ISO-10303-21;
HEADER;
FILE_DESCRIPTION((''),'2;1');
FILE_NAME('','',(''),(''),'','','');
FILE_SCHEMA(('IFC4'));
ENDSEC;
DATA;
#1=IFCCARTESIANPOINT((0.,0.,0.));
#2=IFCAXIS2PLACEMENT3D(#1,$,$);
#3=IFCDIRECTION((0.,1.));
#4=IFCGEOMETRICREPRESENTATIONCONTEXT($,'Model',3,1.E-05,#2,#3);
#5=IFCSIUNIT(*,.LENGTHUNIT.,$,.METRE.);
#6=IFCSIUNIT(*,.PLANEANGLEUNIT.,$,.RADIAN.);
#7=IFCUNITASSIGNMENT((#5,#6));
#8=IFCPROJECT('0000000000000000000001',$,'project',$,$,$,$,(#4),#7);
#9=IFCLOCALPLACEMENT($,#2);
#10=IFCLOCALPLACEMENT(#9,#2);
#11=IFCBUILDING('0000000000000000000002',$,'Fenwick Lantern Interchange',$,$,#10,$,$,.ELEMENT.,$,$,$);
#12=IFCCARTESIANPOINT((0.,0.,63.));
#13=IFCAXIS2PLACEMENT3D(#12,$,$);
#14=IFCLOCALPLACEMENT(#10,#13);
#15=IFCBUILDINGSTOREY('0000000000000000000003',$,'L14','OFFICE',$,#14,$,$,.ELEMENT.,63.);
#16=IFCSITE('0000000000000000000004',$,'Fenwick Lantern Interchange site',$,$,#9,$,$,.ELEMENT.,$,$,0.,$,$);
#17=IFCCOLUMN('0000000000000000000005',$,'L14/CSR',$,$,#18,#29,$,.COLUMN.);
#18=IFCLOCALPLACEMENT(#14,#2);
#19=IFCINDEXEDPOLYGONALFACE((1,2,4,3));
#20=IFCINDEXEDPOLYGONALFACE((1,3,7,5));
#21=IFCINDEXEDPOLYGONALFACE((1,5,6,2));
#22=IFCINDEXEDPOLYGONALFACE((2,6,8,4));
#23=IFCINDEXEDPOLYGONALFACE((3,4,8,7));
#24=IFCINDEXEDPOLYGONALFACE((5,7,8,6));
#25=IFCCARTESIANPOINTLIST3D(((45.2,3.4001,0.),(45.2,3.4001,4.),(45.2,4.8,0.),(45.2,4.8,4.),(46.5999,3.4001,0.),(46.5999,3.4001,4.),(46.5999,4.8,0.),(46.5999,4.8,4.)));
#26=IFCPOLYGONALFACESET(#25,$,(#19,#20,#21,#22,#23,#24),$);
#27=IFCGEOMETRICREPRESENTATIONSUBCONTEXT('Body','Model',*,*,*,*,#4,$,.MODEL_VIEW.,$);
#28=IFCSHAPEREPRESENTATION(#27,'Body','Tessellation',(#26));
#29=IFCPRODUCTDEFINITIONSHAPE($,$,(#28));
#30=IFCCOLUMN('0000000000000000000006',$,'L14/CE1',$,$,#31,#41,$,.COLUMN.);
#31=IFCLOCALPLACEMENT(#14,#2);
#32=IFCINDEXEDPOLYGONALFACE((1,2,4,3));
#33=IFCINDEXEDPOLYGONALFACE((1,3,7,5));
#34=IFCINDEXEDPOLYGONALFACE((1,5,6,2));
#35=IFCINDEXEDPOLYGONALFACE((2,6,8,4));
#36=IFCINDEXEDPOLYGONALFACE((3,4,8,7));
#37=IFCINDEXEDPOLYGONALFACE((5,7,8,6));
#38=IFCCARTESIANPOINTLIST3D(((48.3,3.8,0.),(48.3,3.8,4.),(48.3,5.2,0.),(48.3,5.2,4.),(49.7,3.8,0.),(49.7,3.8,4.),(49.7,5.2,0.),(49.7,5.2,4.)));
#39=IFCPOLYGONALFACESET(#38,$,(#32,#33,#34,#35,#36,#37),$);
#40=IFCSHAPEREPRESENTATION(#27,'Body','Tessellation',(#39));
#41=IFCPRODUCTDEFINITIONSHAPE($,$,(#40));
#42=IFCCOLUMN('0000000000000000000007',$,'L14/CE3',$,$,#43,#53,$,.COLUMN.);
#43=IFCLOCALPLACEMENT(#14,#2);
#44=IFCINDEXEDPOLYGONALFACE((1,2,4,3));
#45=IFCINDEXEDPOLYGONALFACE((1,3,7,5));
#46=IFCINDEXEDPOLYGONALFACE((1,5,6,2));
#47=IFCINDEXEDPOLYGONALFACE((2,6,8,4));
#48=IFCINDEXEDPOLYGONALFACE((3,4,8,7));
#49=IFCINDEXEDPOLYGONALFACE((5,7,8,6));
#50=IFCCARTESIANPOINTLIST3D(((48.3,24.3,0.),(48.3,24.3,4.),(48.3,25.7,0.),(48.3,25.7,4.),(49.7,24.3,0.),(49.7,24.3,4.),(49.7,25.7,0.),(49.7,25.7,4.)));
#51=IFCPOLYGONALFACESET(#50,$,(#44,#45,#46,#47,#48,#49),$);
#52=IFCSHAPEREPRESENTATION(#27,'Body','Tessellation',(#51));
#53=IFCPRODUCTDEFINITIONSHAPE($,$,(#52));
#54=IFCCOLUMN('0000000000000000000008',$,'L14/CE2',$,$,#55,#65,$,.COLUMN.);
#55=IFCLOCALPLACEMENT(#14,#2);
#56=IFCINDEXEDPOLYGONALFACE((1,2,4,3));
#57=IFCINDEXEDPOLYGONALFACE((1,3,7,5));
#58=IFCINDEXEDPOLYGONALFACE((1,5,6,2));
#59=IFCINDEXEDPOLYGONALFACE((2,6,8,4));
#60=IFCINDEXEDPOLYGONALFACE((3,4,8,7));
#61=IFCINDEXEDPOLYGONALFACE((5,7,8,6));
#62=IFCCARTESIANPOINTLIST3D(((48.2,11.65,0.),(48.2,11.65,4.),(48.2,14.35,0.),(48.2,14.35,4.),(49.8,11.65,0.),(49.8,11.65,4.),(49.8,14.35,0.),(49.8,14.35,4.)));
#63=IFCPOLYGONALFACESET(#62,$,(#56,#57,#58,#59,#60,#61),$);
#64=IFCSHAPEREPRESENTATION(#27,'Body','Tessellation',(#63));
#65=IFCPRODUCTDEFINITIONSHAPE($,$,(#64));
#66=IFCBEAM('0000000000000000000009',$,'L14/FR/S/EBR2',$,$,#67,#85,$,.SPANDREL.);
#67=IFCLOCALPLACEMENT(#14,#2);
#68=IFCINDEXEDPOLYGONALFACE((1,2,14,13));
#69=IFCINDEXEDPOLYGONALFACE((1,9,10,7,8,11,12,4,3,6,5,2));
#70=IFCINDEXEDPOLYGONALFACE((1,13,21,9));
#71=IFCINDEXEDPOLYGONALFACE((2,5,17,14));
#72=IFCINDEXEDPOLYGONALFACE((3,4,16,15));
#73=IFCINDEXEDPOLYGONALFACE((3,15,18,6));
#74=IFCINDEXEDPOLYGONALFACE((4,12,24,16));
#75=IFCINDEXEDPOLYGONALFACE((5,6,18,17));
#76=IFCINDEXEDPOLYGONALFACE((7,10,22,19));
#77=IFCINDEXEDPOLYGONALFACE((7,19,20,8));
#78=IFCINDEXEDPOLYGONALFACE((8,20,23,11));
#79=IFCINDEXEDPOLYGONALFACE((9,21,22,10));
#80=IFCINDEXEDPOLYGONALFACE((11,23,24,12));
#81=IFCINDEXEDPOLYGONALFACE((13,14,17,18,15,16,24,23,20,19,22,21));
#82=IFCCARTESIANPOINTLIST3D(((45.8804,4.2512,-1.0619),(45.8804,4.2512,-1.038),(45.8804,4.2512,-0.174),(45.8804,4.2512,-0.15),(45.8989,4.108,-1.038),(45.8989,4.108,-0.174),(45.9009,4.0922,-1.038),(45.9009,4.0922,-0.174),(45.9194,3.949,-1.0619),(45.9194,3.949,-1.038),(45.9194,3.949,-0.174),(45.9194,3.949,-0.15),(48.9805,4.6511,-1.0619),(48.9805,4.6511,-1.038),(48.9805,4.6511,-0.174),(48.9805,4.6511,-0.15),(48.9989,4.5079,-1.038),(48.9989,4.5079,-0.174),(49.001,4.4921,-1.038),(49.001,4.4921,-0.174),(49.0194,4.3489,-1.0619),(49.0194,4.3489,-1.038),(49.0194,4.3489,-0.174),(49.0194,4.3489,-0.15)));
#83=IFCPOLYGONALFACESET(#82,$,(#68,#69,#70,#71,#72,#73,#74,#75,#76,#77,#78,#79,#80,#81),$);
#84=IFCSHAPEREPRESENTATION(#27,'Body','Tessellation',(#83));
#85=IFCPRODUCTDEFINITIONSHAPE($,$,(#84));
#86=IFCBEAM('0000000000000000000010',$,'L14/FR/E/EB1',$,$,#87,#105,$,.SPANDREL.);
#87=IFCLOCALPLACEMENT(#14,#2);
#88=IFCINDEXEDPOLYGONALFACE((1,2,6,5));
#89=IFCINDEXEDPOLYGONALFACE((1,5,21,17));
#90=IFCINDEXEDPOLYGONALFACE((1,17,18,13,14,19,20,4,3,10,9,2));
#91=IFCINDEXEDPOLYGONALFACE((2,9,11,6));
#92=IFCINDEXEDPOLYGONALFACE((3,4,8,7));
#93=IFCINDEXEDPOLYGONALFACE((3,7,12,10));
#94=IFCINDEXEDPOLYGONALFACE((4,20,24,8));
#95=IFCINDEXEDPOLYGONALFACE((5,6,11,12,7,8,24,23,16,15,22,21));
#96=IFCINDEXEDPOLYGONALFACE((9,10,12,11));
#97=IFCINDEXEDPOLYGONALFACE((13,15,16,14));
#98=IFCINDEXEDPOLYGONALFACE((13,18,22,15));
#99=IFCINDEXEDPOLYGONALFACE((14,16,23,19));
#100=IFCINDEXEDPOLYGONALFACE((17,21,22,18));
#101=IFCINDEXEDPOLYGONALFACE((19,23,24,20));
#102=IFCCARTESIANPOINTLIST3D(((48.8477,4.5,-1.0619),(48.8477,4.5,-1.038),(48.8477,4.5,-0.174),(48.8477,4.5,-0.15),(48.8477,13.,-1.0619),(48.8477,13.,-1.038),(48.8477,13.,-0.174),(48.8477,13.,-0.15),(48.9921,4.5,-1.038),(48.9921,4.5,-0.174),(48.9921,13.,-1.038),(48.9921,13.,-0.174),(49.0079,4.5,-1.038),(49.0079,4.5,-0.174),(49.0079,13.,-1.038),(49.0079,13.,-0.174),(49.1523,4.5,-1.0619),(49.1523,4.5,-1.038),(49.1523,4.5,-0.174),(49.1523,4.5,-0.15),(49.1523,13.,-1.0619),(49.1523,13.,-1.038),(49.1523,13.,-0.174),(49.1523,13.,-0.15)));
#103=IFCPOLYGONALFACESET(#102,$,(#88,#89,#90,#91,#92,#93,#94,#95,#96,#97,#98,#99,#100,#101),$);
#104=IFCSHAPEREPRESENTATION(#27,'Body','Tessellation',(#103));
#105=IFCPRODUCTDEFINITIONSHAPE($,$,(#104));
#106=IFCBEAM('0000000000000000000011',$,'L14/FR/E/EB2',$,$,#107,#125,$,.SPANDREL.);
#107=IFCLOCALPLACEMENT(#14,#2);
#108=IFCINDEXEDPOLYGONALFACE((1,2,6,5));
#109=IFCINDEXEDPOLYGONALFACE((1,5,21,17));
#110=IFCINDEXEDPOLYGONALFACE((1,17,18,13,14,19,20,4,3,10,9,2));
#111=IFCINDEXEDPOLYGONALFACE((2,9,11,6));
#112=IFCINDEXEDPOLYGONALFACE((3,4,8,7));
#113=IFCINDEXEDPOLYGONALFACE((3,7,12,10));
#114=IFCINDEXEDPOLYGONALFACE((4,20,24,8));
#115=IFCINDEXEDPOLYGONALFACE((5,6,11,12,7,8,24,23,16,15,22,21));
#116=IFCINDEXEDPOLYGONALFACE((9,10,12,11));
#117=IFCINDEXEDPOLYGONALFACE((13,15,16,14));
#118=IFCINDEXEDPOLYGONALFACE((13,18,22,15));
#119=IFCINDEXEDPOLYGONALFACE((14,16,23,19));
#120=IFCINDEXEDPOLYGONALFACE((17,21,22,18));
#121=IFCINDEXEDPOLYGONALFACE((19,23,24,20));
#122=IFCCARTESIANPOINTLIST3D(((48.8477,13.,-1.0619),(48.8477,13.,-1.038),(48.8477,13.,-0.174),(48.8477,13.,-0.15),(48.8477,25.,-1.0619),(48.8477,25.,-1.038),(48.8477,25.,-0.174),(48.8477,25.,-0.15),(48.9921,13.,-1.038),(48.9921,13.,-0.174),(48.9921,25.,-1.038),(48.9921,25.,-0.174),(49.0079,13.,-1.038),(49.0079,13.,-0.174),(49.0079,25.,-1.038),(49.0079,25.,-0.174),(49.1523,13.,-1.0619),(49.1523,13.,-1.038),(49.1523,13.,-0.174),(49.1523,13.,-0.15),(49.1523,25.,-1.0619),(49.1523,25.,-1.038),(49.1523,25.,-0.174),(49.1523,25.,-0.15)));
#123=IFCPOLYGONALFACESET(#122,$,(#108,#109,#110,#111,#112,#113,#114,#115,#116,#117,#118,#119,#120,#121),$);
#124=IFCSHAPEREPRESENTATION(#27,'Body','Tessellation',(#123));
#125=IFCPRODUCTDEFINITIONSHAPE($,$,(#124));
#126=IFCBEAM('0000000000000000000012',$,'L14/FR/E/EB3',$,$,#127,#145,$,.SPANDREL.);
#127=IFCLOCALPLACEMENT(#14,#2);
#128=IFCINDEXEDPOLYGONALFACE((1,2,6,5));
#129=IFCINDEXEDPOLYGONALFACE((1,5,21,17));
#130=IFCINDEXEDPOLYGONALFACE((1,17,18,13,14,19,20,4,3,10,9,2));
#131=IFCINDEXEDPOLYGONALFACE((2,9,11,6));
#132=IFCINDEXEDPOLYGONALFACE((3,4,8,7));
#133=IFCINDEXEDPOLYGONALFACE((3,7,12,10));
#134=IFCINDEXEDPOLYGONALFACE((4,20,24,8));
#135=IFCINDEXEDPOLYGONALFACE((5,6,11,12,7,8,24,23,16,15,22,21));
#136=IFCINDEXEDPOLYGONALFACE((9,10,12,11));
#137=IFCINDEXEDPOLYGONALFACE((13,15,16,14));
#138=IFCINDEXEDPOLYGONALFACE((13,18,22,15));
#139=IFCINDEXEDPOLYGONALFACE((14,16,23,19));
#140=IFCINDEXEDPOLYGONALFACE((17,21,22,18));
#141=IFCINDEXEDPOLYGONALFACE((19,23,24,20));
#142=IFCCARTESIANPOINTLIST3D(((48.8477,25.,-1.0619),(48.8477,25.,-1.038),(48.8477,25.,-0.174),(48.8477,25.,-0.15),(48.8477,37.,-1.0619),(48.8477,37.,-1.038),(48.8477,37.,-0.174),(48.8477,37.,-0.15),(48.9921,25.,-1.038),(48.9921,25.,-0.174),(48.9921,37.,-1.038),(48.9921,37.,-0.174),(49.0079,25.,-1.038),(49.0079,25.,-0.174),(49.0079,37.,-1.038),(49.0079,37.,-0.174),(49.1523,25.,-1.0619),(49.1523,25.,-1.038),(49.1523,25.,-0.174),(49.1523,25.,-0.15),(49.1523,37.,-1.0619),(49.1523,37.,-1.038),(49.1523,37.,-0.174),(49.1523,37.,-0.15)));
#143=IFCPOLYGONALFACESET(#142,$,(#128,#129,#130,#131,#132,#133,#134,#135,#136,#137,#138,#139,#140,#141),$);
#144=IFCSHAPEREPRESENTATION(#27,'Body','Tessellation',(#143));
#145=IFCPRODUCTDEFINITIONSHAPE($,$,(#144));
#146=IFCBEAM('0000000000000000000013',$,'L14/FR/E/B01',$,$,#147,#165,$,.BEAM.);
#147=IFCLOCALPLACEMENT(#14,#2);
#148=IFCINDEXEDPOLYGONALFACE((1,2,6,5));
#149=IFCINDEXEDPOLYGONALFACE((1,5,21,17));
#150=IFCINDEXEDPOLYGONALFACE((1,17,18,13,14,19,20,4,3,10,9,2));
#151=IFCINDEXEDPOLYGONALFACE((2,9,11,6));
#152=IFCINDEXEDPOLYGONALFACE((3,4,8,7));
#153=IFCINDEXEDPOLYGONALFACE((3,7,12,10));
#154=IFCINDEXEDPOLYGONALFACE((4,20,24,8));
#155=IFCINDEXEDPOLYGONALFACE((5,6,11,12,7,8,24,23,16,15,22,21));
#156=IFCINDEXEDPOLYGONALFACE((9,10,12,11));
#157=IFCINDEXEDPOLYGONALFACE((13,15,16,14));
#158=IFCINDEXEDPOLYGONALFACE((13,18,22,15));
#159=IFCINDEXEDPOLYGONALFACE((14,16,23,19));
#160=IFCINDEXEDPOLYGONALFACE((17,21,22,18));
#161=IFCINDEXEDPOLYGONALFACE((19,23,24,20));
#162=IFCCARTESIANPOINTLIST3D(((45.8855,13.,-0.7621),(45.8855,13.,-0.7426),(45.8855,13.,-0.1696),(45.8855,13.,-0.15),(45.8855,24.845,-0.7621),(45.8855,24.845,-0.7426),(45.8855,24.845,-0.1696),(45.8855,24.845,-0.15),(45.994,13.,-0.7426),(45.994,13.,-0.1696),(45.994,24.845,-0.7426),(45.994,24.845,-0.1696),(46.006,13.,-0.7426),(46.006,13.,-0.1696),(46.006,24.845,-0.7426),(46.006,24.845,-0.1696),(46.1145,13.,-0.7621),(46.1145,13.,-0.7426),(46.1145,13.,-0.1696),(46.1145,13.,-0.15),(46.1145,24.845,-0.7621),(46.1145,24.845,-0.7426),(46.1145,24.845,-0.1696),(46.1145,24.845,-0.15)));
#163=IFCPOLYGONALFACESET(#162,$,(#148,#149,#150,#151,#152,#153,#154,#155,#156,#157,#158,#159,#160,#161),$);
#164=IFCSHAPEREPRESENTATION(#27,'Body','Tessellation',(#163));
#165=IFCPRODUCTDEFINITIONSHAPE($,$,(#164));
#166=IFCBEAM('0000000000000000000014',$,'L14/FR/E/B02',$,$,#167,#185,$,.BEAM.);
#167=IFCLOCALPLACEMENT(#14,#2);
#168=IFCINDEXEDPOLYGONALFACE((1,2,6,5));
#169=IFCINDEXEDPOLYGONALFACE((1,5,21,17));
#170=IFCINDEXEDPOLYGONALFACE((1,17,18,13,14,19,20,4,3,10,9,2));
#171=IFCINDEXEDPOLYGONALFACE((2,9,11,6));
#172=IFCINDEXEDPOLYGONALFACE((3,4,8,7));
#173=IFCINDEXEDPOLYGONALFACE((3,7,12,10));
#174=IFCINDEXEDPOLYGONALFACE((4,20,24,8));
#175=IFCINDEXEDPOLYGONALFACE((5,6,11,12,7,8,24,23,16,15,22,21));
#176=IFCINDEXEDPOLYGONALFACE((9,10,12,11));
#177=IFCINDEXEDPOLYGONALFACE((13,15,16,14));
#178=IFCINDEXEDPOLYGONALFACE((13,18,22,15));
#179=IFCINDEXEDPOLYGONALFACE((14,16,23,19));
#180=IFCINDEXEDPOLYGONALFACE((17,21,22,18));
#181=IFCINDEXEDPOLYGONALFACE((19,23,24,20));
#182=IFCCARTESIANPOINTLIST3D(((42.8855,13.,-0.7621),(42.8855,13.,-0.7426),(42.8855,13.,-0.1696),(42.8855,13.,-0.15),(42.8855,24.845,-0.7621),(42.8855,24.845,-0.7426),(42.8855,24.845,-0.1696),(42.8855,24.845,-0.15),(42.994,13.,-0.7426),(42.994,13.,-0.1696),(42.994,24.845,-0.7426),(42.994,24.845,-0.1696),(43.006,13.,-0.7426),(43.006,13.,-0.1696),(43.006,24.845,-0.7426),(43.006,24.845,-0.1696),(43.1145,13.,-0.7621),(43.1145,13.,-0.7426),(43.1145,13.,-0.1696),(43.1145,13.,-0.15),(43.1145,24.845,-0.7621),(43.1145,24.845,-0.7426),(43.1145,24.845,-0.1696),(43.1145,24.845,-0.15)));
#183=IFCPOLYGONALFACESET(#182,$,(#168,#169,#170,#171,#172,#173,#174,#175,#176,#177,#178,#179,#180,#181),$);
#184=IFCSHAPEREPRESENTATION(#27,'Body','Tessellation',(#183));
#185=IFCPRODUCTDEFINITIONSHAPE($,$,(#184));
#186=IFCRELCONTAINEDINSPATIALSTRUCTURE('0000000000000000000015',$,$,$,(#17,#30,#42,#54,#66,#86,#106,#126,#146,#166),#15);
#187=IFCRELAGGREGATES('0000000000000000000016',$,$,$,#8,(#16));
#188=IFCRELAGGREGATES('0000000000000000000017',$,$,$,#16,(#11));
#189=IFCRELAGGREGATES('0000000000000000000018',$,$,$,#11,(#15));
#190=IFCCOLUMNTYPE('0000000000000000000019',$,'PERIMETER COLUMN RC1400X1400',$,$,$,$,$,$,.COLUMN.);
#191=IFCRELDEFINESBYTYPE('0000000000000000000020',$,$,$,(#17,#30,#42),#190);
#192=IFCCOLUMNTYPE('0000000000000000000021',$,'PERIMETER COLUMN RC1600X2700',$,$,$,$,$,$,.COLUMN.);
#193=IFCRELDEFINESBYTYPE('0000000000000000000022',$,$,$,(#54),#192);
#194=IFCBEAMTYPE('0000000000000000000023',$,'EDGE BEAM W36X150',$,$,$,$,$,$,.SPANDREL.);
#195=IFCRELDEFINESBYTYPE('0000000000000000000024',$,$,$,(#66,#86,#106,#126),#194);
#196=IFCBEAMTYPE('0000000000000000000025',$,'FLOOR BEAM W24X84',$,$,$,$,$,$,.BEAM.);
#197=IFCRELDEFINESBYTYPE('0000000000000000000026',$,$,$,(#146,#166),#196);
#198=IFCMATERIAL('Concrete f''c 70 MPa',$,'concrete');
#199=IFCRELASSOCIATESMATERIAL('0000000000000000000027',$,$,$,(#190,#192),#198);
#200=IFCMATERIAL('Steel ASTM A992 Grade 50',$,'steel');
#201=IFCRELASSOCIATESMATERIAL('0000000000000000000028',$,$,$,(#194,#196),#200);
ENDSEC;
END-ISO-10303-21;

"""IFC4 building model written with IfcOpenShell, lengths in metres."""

from ifc_helpers import new_model, si_unit, direction, frame, origin, origin_2d, place, context, subcontext, project, spatial, rectangle, i_section, extrude, material, material_profile, profile_set, type_object, element, save


model = new_model("IFC4")

# Units and contexts
model_context = context("Model", 3, precision=1e-05, world=origin(), true_north=direction((0.0, 1.0)))
body_context = subcontext(model_context, "Body", "Model", "MODEL_VIEW")
ifc_project = project(units=[si_unit("LENGTHUNIT", "METRE"), si_unit("PLANEANGLEUNIT", "RADIAN")], contexts=[model_context])

# Site, building, storey
site_placement = place(None, origin())
site = spatial("IfcSite", under=ifc_project, at=site_placement, Name="Fenwick Lantern Interchange site", CompositionType="ELEMENT", RefElevation=0.0)
building_placement = place(site_placement, origin())
building = spatial("IfcBuilding", under=site, at=building_placement, Name="Fenwick Lantern Interchange", CompositionType="ELEMENT")
storey_placement = place(building_placement, frame((0.0, 0.0, 63.0)))
storey = spatial("IfcBuildingStorey", under=building, at=storey_placement, Name="L14", Description="OFFICE", CompositionType="ELEMENT", Elevation=63.0)

# Columns
ifc_material_1 = material(Name="Concrete f'c 70 MPa", Category="concrete")
ifc_material_profile_1 = material_profile(ifc_material_1, rectangle(XDim=1.3999, YDim=1.3999, at=origin_2d()), Name="RC1400X1400")
ifc_profile_set_1 = profile_set([ifc_material_profile_1], Name="Concrete f'c 70 MPa")
column_type_1 = type_object("IfcColumnType", Name="PERIMETER COLUMN RC1400X1400", PredefinedType="COLUMN", material=ifc_profile_set_1)
for number, where, z_axis, x_axis, name in (
    (1, (45.8999, 4.1001, 0.0), (0.0, 0.0, 1.0), (1.0, 0.0, 0.0), "L14/CSR"),
    (2, (49.0, 4.5, 0.0), (0.0, 0.0, 1.0), (1.0, 0.0, 0.0), "L14/CE1"),
    (3, (49.0, 25.0, 0.0), (0.0, 0.0, 1.0), (1.0, 0.0, 0.0), "L14/CE3"),
):
    element("IfcColumn", number, at=place(storey_placement, frame(where, z_axis=z_axis, x_axis=x_axis)), inside=storey, type_object=column_type_1, Name=name, PredefinedType="COLUMN", context=body_context, shape_type="SweptSolid", body=[
        extrude(rectangle(XDim=1.3999, YDim=1.3999, at=origin_2d()), origin(), (0.0, 0.0, 1.0), 4.0),
    ])
ifc_material_profile_2 = material_profile(ifc_material_1, rectangle(XDim=1.6001, YDim=2.7, at=origin_2d()), Name="RC1600X2700")
ifc_profile_set_2 = profile_set([ifc_material_profile_2], Name="Concrete f'c 70 MPa")
column_type_2 = type_object("IfcColumnType", Name="PERIMETER COLUMN RC1600X2700", PredefinedType="COLUMN", material=ifc_profile_set_2)
column_placement = place(storey_placement, frame((49.0, 13.0, 0.0), z_axis=(0.0, 0.0, 1.0), x_axis=(1.0, 0.0, 0.0)))
element("IfcColumn", 4, at=column_placement, inside=storey, type_object=column_type_2, Name="L14/CE2", PredefinedType="COLUMN", context=body_context, shape_type="SweptSolid", body=[
    extrude(rectangle(XDim=1.6001, YDim=2.7, at=origin_2d()), origin(), (0.0, 0.0, 1.0), 4.0),
])

# Beams
ifc_material_2 = material(Name="Steel ASTM A992 Grade 50", Category="steel")
ifc_material_profile_3 = material_profile(ifc_material_2, i_section(OverallWidth=0.3047, OverallDepth=0.9119, WebThickness=0.0159, FlangeThickness=0.0239, at=origin_2d()), Name="W36X150")
ifc_profile_set_3 = profile_set([ifc_material_profile_3], Name="Steel ASTM A992 Grade 50")
beam_type_1 = type_object("IfcBeamType", Name="EDGE BEAM W36X150", PredefinedType="SPANDREL", material=ifc_profile_set_3)
beam_1_placement = place(storey_placement, frame((45.8999, 4.1001, -0.606), z_axis=(0.991782, 0.127937, 0.0), x_axis=(-0.127937, 0.991782, 0.0)))
element("IfcBeam", 5, at=beam_1_placement, inside=storey, type_object=beam_type_1, Name="L14/FR/S/EBR2", PredefinedType="SPANDREL", context=body_context, shape_type="SweptSolid", body=[
    extrude(i_section(OverallWidth=0.3047, OverallDepth=0.9119, WebThickness=0.0159, FlangeThickness=0.0239, at=origin_2d()), origin(), (0.0, 0.0, 1.0), 3.1257),
])
beam_2_placement = place(storey_placement, frame((49.0, 4.5, -0.606), z_axis=(0.0, 1.0, 0.0), x_axis=(-1.0, 0.0, 0.0)))
element("IfcBeam", 6, at=beam_2_placement, inside=storey, type_object=beam_type_1, Name="L14/FR/E/EB1", PredefinedType="SPANDREL", context=body_context, shape_type="SweptSolid", body=[
    extrude(i_section(OverallWidth=0.3047, OverallDepth=0.9119, WebThickness=0.0159, FlangeThickness=0.0239, at=origin_2d()), origin(), (0.0, 0.0, 1.0), 8.5),
])
for number, where, z_axis, x_axis, name in (
    (7, (49.0, 13.0, -0.606), (0.0, 1.0, 0.0), (-1.0, 0.0, 0.0), "L14/FR/E/EB2"),
    (8, (49.0, 25.0, -0.606), (0.0, 1.0, 0.0), (-1.0, 0.0, 0.0), "L14/FR/E/EB3"),
):
    element("IfcBeam", number, at=place(storey_placement, frame(where, z_axis=z_axis, x_axis=x_axis)), inside=storey, type_object=beam_type_1, Name=name, PredefinedType="SPANDREL", context=body_context, shape_type="SweptSolid", body=[
        extrude(i_section(OverallWidth=0.3047, OverallDepth=0.9119, WebThickness=0.0159, FlangeThickness=0.0239, at=origin_2d()), origin(), (0.0, 0.0, 1.0), 12.0),
    ])
ifc_material_profile_4 = material_profile(ifc_material_2, i_section(OverallWidth=0.229, OverallDepth=0.6121, WebThickness=0.012, FlangeThickness=0.0195, at=origin_2d()), Name="W24X84")
ifc_profile_set_4 = profile_set([ifc_material_profile_4], Name="Steel ASTM A992 Grade 50")
beam_type_2 = type_object("IfcBeamType", Name="FLOOR BEAM W24X84", PredefinedType="BEAM", material=ifc_profile_set_4)
for number, where, z_axis, x_axis, name in (
    (9, (46.0, 13.0, -0.4561), (0.0, 1.0, 0.0), (-1.0, 0.0, 0.0), "L14/FR/E/B01"),
    (10, (43.0, 13.0, -0.4561), (0.0, 1.0, 0.0), (-1.0, 0.0, 0.0), "L14/FR/E/B02"),
):
    element("IfcBeam", number, at=place(storey_placement, frame(where, z_axis=z_axis, x_axis=x_axis)), inside=storey, type_object=beam_type_2, Name=name, PredefinedType="BEAM", context=body_context, shape_type="SweptSolid", body=[
        extrude(i_section(OverallWidth=0.229, OverallDepth=0.6121, WebThickness=0.012, FlangeThickness=0.0195, at=origin_2d()), origin(), (0.0, 0.0, 1.0), 11.845),
    ])

save(model, "model.ifc")
